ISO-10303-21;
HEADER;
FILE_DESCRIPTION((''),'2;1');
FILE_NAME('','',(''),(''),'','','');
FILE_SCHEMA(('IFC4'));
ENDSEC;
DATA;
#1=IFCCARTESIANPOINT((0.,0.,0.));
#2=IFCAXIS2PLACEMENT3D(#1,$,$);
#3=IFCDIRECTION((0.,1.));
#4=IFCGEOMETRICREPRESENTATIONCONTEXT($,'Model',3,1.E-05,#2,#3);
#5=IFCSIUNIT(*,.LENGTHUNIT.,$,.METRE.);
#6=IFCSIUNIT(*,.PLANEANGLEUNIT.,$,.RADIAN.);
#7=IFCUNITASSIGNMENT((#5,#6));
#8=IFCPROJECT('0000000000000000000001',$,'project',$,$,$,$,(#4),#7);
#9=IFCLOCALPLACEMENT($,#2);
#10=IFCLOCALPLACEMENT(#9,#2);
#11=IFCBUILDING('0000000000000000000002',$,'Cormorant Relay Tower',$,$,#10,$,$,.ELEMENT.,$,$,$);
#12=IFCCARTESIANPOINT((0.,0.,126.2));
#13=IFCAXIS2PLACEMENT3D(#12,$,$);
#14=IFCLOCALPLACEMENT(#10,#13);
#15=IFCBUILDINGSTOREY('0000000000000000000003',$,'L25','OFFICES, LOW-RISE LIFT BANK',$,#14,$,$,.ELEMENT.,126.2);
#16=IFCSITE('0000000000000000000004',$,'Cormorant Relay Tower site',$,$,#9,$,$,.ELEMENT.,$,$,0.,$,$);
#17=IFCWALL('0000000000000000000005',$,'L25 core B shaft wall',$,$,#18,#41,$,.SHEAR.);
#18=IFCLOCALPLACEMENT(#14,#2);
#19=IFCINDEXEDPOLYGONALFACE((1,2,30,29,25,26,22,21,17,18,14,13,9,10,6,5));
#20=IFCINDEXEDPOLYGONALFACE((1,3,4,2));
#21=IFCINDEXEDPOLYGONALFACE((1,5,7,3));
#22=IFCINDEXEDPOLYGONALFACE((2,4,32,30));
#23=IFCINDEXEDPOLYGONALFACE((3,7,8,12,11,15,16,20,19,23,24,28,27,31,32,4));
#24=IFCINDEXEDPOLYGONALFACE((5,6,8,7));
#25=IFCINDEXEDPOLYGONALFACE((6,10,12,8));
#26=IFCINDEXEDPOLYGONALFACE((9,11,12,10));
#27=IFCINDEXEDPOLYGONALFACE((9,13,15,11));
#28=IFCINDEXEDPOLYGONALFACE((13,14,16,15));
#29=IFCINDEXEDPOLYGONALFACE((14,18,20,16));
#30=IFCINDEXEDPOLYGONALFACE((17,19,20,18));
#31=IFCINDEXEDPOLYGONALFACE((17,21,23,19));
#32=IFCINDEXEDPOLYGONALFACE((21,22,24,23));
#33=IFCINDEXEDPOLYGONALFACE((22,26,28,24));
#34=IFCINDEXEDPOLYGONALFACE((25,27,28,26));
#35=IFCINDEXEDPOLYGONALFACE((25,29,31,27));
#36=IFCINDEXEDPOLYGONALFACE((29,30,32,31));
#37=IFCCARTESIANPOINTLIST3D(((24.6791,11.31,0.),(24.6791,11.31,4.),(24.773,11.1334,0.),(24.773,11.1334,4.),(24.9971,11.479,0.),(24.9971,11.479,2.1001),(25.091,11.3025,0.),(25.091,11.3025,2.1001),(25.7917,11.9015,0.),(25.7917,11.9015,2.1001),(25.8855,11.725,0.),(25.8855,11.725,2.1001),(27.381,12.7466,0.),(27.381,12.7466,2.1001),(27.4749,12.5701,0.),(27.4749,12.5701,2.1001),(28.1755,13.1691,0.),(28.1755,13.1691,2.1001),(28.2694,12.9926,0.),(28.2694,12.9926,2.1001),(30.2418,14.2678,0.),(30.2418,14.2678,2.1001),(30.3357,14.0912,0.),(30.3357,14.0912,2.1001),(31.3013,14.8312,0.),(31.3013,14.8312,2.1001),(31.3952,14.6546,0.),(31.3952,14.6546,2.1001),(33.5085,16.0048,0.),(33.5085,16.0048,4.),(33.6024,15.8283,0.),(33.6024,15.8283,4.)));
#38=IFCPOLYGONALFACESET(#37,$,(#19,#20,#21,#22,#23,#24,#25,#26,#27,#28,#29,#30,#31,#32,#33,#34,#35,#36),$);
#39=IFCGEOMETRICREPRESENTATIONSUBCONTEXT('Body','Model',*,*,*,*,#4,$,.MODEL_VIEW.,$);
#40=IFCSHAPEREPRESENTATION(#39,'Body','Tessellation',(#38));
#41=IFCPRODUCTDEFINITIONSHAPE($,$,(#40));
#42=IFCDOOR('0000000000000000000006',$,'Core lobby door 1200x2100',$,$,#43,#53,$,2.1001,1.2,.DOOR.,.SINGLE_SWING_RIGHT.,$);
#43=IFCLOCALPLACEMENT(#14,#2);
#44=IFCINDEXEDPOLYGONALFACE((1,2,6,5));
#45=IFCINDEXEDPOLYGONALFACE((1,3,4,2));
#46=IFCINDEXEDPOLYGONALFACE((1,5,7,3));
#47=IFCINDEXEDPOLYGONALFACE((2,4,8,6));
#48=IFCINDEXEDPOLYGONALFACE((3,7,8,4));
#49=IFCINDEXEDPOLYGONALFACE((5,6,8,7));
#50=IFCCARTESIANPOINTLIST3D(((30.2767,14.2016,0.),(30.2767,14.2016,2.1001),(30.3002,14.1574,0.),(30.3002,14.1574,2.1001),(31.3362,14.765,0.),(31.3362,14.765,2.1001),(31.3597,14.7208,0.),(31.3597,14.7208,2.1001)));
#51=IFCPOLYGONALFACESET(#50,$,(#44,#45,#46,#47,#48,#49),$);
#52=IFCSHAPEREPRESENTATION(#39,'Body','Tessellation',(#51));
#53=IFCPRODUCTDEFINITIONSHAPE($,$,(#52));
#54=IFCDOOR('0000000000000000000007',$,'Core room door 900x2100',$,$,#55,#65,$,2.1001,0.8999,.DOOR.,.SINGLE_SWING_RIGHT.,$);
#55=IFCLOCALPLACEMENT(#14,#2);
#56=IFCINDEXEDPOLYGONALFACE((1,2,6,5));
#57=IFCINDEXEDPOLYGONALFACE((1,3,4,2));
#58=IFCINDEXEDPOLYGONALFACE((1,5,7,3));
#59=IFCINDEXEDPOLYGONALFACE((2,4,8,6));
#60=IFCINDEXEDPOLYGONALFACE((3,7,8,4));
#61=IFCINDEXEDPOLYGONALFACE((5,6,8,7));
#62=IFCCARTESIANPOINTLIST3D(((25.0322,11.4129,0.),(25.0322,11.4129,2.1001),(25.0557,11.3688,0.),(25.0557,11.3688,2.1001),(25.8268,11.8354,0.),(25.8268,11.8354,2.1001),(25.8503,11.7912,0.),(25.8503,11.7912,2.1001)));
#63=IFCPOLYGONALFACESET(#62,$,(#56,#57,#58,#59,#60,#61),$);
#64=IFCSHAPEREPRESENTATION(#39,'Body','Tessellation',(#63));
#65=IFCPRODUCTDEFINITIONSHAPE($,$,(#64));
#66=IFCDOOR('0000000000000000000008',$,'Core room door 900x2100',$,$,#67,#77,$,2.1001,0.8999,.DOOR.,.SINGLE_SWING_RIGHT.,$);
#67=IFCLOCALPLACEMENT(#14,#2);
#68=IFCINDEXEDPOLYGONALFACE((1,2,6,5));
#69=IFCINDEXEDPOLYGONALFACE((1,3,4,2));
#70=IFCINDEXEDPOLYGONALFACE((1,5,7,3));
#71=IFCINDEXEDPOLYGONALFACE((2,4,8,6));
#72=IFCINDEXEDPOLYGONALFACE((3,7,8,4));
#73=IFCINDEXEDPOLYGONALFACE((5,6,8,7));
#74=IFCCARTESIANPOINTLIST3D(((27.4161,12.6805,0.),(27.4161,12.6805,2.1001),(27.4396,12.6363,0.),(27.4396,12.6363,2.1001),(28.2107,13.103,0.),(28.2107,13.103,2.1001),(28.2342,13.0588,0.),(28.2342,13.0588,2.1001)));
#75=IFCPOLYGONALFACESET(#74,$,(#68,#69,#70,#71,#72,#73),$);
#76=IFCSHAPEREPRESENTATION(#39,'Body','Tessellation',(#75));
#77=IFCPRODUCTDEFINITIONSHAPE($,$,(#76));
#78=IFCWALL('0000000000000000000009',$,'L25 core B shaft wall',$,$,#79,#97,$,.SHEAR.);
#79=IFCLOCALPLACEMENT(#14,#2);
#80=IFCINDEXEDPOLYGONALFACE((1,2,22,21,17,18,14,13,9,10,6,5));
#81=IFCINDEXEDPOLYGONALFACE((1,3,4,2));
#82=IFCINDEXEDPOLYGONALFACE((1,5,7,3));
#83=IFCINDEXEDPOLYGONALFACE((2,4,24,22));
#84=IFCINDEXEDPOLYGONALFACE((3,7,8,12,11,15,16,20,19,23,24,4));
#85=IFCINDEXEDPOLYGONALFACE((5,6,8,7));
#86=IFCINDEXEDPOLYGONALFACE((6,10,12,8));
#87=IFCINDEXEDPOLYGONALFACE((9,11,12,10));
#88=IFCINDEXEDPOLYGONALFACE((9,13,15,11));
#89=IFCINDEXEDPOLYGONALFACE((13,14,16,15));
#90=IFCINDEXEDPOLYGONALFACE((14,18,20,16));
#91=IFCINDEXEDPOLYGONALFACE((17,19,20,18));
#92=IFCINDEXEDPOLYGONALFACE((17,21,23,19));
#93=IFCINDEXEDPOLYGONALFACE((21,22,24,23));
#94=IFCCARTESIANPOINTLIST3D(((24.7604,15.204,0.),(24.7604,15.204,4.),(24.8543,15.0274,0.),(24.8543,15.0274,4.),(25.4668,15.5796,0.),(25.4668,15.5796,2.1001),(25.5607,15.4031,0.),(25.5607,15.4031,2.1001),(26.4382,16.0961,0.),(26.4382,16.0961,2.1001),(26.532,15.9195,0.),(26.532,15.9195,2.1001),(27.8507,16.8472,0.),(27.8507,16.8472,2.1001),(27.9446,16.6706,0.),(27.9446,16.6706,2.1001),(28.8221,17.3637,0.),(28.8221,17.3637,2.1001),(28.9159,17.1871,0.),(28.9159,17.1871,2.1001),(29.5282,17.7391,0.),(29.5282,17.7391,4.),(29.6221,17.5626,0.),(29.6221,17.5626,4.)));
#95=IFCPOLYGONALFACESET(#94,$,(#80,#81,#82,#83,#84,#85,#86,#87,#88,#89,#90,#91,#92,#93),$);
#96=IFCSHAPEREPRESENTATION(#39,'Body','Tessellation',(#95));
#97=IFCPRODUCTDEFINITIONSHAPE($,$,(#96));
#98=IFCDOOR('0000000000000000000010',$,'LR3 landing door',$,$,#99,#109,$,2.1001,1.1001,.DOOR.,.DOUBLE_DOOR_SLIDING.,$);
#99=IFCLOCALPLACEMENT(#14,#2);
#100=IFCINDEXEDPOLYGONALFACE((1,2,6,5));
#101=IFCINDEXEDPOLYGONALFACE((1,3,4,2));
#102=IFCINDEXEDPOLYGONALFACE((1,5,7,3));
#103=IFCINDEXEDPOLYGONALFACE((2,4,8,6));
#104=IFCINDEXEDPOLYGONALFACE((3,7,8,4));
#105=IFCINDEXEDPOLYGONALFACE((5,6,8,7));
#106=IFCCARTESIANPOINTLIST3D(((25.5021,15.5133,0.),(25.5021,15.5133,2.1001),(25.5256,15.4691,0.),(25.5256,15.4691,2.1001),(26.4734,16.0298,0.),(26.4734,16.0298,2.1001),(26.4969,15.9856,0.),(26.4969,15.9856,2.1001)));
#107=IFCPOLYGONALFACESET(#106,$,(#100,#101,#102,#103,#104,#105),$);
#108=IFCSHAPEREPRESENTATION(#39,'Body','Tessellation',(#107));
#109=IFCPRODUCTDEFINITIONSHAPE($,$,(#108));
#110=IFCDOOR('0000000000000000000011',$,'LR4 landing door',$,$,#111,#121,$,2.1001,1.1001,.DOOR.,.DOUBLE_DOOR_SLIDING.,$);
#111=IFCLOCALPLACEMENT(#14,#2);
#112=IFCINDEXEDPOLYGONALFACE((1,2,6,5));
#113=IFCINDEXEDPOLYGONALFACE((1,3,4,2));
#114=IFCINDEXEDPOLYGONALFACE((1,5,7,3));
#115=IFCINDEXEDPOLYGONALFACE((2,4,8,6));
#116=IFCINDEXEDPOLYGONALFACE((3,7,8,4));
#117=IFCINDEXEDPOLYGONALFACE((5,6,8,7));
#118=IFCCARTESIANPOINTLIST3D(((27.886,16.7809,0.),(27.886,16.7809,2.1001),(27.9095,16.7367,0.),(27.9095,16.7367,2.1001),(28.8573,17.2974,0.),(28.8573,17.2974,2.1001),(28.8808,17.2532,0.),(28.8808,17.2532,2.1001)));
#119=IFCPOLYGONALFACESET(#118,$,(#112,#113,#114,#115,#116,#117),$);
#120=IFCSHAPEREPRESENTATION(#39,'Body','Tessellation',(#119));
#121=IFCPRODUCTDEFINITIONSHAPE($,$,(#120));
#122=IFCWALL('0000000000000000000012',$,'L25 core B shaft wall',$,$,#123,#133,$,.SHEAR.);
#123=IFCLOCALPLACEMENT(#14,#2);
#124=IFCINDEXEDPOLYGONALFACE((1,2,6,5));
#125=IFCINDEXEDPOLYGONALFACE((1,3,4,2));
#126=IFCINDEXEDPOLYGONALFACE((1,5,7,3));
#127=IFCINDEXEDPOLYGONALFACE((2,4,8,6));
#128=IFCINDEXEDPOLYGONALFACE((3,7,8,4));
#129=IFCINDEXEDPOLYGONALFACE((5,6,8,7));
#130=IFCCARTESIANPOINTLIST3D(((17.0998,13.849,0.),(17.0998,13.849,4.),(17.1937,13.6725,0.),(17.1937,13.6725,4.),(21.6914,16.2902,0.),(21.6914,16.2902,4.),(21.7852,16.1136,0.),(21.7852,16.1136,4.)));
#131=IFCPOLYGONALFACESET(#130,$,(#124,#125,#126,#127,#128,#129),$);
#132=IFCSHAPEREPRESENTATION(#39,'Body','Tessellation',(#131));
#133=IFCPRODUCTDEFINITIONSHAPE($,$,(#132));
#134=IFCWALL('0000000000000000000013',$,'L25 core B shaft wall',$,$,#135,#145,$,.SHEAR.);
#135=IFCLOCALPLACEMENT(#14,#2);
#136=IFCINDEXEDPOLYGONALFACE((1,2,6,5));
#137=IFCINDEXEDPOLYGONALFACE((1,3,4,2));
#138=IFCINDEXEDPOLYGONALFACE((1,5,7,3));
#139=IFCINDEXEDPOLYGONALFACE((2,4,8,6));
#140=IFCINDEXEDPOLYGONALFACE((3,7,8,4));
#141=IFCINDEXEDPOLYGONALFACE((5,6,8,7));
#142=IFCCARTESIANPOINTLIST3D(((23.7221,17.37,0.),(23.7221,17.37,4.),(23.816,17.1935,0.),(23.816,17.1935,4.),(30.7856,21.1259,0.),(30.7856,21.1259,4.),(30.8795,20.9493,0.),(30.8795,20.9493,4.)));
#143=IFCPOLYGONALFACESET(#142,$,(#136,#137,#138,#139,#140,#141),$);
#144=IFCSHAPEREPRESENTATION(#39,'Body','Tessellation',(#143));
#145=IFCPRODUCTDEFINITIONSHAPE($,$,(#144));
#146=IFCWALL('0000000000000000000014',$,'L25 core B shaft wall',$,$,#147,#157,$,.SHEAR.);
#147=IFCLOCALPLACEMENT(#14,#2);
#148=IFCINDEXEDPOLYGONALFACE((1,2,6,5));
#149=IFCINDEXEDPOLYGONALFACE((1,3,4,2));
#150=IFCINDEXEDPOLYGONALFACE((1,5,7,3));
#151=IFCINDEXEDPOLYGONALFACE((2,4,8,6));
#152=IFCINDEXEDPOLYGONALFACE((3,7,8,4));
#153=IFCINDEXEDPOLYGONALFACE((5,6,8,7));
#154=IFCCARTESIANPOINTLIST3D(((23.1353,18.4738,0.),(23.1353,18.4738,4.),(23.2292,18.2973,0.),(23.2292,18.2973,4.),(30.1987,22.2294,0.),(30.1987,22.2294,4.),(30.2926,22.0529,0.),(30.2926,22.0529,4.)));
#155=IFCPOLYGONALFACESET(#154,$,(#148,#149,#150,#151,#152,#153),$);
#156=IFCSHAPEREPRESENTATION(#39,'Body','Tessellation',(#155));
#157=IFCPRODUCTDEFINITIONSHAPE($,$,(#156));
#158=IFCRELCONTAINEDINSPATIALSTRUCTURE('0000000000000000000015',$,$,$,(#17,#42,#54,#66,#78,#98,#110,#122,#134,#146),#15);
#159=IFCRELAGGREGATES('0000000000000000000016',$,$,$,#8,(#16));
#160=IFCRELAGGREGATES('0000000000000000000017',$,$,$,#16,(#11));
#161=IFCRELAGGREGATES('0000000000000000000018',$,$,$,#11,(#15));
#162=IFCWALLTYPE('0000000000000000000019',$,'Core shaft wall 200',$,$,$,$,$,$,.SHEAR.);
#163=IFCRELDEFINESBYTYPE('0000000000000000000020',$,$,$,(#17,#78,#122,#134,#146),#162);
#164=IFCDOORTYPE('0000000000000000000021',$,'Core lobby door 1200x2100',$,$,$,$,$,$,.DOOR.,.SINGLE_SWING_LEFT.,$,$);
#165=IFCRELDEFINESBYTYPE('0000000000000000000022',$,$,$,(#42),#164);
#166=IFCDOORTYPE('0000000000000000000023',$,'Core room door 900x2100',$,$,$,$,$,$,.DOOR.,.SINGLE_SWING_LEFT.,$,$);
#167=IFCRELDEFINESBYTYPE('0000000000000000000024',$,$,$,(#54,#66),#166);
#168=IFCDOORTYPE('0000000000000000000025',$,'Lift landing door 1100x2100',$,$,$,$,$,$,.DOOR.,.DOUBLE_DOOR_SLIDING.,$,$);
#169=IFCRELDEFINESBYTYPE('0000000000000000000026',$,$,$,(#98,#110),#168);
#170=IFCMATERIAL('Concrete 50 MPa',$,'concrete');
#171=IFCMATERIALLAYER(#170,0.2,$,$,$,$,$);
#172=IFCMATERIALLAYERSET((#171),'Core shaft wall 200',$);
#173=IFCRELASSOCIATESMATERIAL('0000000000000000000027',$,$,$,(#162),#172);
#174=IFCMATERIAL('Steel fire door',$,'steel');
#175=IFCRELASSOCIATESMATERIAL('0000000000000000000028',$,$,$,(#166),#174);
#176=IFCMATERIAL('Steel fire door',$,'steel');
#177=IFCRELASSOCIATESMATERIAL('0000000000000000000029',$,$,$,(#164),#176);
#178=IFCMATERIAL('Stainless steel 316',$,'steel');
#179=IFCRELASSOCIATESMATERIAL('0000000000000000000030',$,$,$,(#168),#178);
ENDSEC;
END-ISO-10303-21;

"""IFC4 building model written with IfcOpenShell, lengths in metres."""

from ifc_helpers import new_model, si_unit, direction, frame, frame_2d, origin, place, context, subcontext, project, spatial, rectangle, extrude, material, layer, layer_set, type_object, element, fill, save


model = new_model("IFC4")

# Units and contexts
model_context = context("Model", 3, precision=1e-05, world=origin(), true_north=direction((0.0, 1.0)))
body_context = subcontext(model_context, "Body", "Model", "MODEL_VIEW")
ifc_project = project(units=[si_unit("LENGTHUNIT", "METRE"), si_unit("PLANEANGLEUNIT", "RADIAN")], contexts=[model_context])

# Site, building, storey
site_placement = place(None, origin())
site = spatial("IfcSite", under=ifc_project, at=site_placement, Name="Cormorant Relay Tower site", CompositionType="ELEMENT", RefElevation=0.0)
building_placement = place(site_placement, origin())
building = spatial("IfcBuilding", under=site, at=building_placement, Name="Cormorant Relay Tower", CompositionType="ELEMENT")
storey_placement = place(building_placement, frame((0.0, 0.0, 126.2)))
storey = spatial("IfcBuildingStorey", under=building, at=storey_placement, Name="L25", Description="OFFICES, LOW-RISE LIFT BANK", CompositionType="ELEMENT", Elevation=126.2)

# Shared definitions
ifc_material_1 = material(Name="Concrete 50 MPa", Category="concrete")
ifc_layer_1 = layer(ifc_material_1, 0.2)
ifc_layer_set_1 = layer_set([ifc_layer_1], Name="Core shaft wall 200")
wall_type_1 = type_object("IfcWallType", Name="Core shaft wall 200", PredefinedType="SHEAR", material=ifc_layer_set_1)

# Shared definitions
ifc_material_2 = material(Name="Steel fire door", Category="steel")
door_type_1 = type_object("IfcDoorType", Name="Core room door 900x2100", OperationType="SINGLE_SWING_LEFT", PredefinedType="DOOR", material=ifc_material_2)

# Walls, openings, doors
wall_1_placement = place(storey_placement, frame((24.7261, 11.2217, 0.0), z_axis=(0.0, 0.0, 1.0), x_axis=(0.88294, 0.469485, 0.0)))
wall_1 = element("IfcWall", 1, at=wall_1_placement, inside=storey, type_object=wall_type_1, Name="L25 core B shaft wall", PredefinedType="SHEAR", context=body_context, shape_type="SweptSolid", body=[
    extrude(rectangle(XDim=10.0, YDim=0.2, at=frame_2d((5.0, 0.0))), origin(), (0.0, 0.0, 1.0), 4.0),
])
opening_1_placement = place(wall_1_placement, frame((6.3, 0.0, 0.0)))
opening_1 = element("IfcOpeningElement", 2, at=opening_1_placement, cuts=wall_1, PredefinedType="OPENING", context=body_context, shape_type="SweptSolid", body=[
    extrude(rectangle(XDim=1.2, YDim=2.1001, at=frame_2d((0.6001, 1.05))), frame((0.0, 0.1099, 0.0), z_axis=(0.0, -1.0, 0.0), x_axis=(1.0, 0.0, 0.0)), (0.0, 0.0, 1.0), 0.22),
])
opening_2_placement = place(wall_1_placement, frame((0.3601, 0.0, 0.0)))
opening_2 = element("IfcOpeningElement", 3, at=opening_2_placement, cuts=wall_1, PredefinedType="OPENING", context=body_context, shape_type="SweptSolid", body=[
    extrude(rectangle(XDim=0.8999, YDim=2.1001, at=frame_2d((0.45, 1.05))), frame((0.0, 0.1099, 0.0), z_axis=(0.0, -1.0, 0.0), x_axis=(1.0, 0.0, 0.0)), (0.0, 0.0, 1.0), 0.22),
])
opening_3_placement = place(wall_1_placement, frame((3.0601, 0.0, 0.0)))
opening_3 = element("IfcOpeningElement", 4, at=opening_3_placement, cuts=wall_1, PredefinedType="OPENING", context=body_context, shape_type="SweptSolid", body=[
    extrude(rectangle(XDim=0.8999, YDim=2.1001, at=frame_2d((0.45, 1.05))), frame((0.0, 0.1099, 0.0), z_axis=(0.0, -1.0, 0.0), x_axis=(1.0, 0.0, 0.0)), (0.0, 0.0, 1.0), 0.22),
])
ifc_material_3 = material(Name="Steel fire door", Category="steel")
door_type_2 = type_object("IfcDoorType", Name="Core lobby door 1200x2100", OperationType="SINGLE_SWING_LEFT", PredefinedType="DOOR", material=ifc_material_3)
door_1_placement = place(opening_1_placement, frame((1.2, 0.0, 0.0), z_axis=(0.0, 0.0, 1.0), x_axis=(-1.0, 0.0, 0.0)))
door_1 = element("IfcDoor", 5, at=door_1_placement, inside=storey, type_object=door_type_2, Name="Core lobby door 1200x2100", OperationType="SINGLE_SWING_RIGHT", OverallHeight=2.1001, OverallWidth=1.2, PredefinedType="DOOR", context=body_context, shape_type="SweptSolid", body=[
    extrude(rectangle(XDim=1.2, YDim=2.1001, at=frame_2d((0.6001, 1.05))), frame((0.0, 0.0249, 0.0), z_axis=(0.0, -1.0, 0.0), x_axis=(1.0, 0.0, 0.0)), (0.0, 0.0, 1.0), 0.05),
])
fill(opening_1, door_1)
door_2_placement = place(opening_2_placement, frame((0.8999, 0.0, 0.0), z_axis=(0.0, 0.0, 1.0), x_axis=(-1.0, 0.0, 0.0)))
door_2 = element("IfcDoor", 6, at=door_2_placement, inside=storey, type_object=door_type_1, Name="Core room door 900x2100", OperationType="SINGLE_SWING_RIGHT", OverallHeight=2.1001, OverallWidth=0.8999, PredefinedType="DOOR", context=body_context, shape_type="SweptSolid", body=[
    extrude(rectangle(XDim=0.8999, YDim=2.1001, at=frame_2d((0.45, 1.05))), frame((0.0, 0.0249, 0.0), z_axis=(0.0, -1.0, 0.0), x_axis=(1.0, 0.0, 0.0)), (0.0, 0.0, 1.0), 0.05),
])
fill(opening_2, door_2)
door_3_placement = place(opening_3_placement, frame((0.8999, 0.0, 0.0), z_axis=(0.0, 0.0, 1.0), x_axis=(-1.0, 0.0, 0.0)))
door_3 = element("IfcDoor", 7, at=door_3_placement, inside=storey, type_object=door_type_1, Name="Core room door 900x2100", OperationType="SINGLE_SWING_RIGHT", OverallHeight=2.1001, OverallWidth=0.8999, PredefinedType="DOOR", context=body_context, shape_type="SweptSolid", body=[
    extrude(rectangle(XDim=0.8999, YDim=2.1001, at=frame_2d((0.45, 1.05))), frame((0.0, 0.0249, 0.0), z_axis=(0.0, -1.0, 0.0), x_axis=(1.0, 0.0, 0.0)), (0.0, 0.0, 1.0), 0.05),
])
fill(opening_3, door_3)
wall_2_placement = place(storey_placement, frame((24.8074, 15.1157, 0.0), z_axis=(0.0, 0.0, 1.0), x_axis=(0.882943, 0.46948, 0.0)))
wall_2 = element("IfcWall", 8, at=wall_2_placement, inside=storey, type_object=wall_type_1, Name="L25 core B shaft wall", PredefinedType="SHEAR", context=body_context, shape_type="SweptSolid", body=[
    extrude(rectangle(XDim=5.3999, YDim=0.2, at=frame_2d((2.7, 0.0))), origin(), (0.0, 0.0, 1.0), 4.0),
])
opening_4_placement = place(wall_2_placement, frame((0.8, 0.0, 0.0)))
opening_4 = element("IfcOpeningElement", 9, at=opening_4_placement, cuts=wall_2, PredefinedType="OPENING", context=body_context, shape_type="SweptSolid", body=[
    extrude(rectangle(XDim=1.1001, YDim=2.1001, at=frame_2d((0.55, 1.05))), frame((0.0, 0.1099, 0.0), z_axis=(0.0, -1.0, 0.0), x_axis=(1.0, 0.0, 0.0)), (0.0, 0.0, 1.0), 0.22),
])
opening_5_placement = place(wall_2_placement, frame((3.5, 0.0, 0.0)))
opening_5 = element("IfcOpeningElement", 10, at=opening_5_placement, cuts=wall_2, PredefinedType="OPENING", context=body_context, shape_type="SweptSolid", body=[
    extrude(rectangle(XDim=1.1001, YDim=2.1001, at=frame_2d((0.55, 1.05))), frame((0.0, 0.1099, 0.0), z_axis=(0.0, -1.0, 0.0), x_axis=(1.0, 0.0, 0.0)), (0.0, 0.0, 1.0), 0.22),
])
ifc_material_4 = material(Name="Stainless steel 316", Category="steel")
door_type_3 = type_object("IfcDoorType", Name="Lift landing door 1100x2100", OperationType="DOUBLE_DOOR_SLIDING", PredefinedType="DOOR", material=ifc_material_4)
door_4_placement = place(opening_4_placement, origin())
door_4 = element("IfcDoor", 11, at=door_4_placement, inside=storey, type_object=door_type_3, Name="LR3 landing door", OperationType="DOUBLE_DOOR_SLIDING", OverallHeight=2.1001, OverallWidth=1.1001, PredefinedType="DOOR", context=body_context, shape_type="SweptSolid", body=[
    extrude(rectangle(XDim=1.1001, YDim=2.1001, at=frame_2d((0.55, 1.05))), frame((0.0, 0.0249, 0.0), z_axis=(0.0, -1.0, 0.0), x_axis=(1.0, 0.0, 0.0)), (0.0, 0.0, 1.0), 0.05),
])
fill(opening_4, door_4)
door_5_placement = place(opening_5_placement, origin())
door_5 = element("IfcDoor", 12, at=door_5_placement, inside=storey, type_object=door_type_3, Name="LR4 landing door", OperationType="DOUBLE_DOOR_SLIDING", OverallHeight=2.1001, OverallWidth=1.1001, PredefinedType="DOOR", context=body_context, shape_type="SweptSolid", body=[
    extrude(rectangle(XDim=1.1001, YDim=2.1001, at=frame_2d((0.55, 1.05))), frame((0.0, 0.0249, 0.0), z_axis=(0.0, -1.0, 0.0), x_axis=(1.0, 0.0, 0.0)), (0.0, 0.0, 1.0), 0.05),
])
fill(opening_5, door_5)

# Walls
wall_3_placement = place(storey_placement, frame((17.1467, 13.7607, 0.0), z_axis=(0.0, 0.0, 1.0), x_axis=(0.882964, 0.46944, 0.0)))
element("IfcWall", 13, at=wall_3_placement, inside=storey, type_object=wall_type_1, Name="L25 core B shaft wall", PredefinedType="SHEAR", context=body_context, shape_type="SweptSolid", body=[
    extrude(rectangle(XDim=5.2002, YDim=0.2, at=frame_2d((2.6001, 0.0))), origin(), (0.0, 0.0, 1.0), 4.0),
])
wall_4_placement = place(storey_placement, frame((23.769, 17.2817, 0.0), z_axis=(0.0, 0.0, 1.0), x_axis=(0.88294, 0.469485, 0.0)))
element("IfcWall", 14, at=wall_4_placement, inside=storey, type_object=wall_type_1, Name="L25 core B shaft wall", PredefinedType="SHEAR", context=body_context, shape_type="SweptSolid", body=[
    extrude(rectangle(XDim=8.0, YDim=0.2, at=frame_2d((4.0, 0.0))), origin(), (0.0, 0.0, 1.0), 4.0),
])
wall_5_placement = place(storey_placement, frame((23.1821, 18.3855, 0.0), z_axis=(0.0, 0.0, 1.0), x_axis=(0.882953, 0.469462, 0.0)))
element("IfcWall", 15, at=wall_5_placement, inside=storey, type_object=wall_type_1, Name="L25 core B shaft wall", PredefinedType="SHEAR", context=body_context, shape_type="SweptSolid", body=[
    extrude(rectangle(XDim=7.9998, YDim=0.2, at=frame_2d((4.0, 0.0))), origin(), (0.0, 0.0, 1.0), 4.0),
])

save(model, "model.ifc")
